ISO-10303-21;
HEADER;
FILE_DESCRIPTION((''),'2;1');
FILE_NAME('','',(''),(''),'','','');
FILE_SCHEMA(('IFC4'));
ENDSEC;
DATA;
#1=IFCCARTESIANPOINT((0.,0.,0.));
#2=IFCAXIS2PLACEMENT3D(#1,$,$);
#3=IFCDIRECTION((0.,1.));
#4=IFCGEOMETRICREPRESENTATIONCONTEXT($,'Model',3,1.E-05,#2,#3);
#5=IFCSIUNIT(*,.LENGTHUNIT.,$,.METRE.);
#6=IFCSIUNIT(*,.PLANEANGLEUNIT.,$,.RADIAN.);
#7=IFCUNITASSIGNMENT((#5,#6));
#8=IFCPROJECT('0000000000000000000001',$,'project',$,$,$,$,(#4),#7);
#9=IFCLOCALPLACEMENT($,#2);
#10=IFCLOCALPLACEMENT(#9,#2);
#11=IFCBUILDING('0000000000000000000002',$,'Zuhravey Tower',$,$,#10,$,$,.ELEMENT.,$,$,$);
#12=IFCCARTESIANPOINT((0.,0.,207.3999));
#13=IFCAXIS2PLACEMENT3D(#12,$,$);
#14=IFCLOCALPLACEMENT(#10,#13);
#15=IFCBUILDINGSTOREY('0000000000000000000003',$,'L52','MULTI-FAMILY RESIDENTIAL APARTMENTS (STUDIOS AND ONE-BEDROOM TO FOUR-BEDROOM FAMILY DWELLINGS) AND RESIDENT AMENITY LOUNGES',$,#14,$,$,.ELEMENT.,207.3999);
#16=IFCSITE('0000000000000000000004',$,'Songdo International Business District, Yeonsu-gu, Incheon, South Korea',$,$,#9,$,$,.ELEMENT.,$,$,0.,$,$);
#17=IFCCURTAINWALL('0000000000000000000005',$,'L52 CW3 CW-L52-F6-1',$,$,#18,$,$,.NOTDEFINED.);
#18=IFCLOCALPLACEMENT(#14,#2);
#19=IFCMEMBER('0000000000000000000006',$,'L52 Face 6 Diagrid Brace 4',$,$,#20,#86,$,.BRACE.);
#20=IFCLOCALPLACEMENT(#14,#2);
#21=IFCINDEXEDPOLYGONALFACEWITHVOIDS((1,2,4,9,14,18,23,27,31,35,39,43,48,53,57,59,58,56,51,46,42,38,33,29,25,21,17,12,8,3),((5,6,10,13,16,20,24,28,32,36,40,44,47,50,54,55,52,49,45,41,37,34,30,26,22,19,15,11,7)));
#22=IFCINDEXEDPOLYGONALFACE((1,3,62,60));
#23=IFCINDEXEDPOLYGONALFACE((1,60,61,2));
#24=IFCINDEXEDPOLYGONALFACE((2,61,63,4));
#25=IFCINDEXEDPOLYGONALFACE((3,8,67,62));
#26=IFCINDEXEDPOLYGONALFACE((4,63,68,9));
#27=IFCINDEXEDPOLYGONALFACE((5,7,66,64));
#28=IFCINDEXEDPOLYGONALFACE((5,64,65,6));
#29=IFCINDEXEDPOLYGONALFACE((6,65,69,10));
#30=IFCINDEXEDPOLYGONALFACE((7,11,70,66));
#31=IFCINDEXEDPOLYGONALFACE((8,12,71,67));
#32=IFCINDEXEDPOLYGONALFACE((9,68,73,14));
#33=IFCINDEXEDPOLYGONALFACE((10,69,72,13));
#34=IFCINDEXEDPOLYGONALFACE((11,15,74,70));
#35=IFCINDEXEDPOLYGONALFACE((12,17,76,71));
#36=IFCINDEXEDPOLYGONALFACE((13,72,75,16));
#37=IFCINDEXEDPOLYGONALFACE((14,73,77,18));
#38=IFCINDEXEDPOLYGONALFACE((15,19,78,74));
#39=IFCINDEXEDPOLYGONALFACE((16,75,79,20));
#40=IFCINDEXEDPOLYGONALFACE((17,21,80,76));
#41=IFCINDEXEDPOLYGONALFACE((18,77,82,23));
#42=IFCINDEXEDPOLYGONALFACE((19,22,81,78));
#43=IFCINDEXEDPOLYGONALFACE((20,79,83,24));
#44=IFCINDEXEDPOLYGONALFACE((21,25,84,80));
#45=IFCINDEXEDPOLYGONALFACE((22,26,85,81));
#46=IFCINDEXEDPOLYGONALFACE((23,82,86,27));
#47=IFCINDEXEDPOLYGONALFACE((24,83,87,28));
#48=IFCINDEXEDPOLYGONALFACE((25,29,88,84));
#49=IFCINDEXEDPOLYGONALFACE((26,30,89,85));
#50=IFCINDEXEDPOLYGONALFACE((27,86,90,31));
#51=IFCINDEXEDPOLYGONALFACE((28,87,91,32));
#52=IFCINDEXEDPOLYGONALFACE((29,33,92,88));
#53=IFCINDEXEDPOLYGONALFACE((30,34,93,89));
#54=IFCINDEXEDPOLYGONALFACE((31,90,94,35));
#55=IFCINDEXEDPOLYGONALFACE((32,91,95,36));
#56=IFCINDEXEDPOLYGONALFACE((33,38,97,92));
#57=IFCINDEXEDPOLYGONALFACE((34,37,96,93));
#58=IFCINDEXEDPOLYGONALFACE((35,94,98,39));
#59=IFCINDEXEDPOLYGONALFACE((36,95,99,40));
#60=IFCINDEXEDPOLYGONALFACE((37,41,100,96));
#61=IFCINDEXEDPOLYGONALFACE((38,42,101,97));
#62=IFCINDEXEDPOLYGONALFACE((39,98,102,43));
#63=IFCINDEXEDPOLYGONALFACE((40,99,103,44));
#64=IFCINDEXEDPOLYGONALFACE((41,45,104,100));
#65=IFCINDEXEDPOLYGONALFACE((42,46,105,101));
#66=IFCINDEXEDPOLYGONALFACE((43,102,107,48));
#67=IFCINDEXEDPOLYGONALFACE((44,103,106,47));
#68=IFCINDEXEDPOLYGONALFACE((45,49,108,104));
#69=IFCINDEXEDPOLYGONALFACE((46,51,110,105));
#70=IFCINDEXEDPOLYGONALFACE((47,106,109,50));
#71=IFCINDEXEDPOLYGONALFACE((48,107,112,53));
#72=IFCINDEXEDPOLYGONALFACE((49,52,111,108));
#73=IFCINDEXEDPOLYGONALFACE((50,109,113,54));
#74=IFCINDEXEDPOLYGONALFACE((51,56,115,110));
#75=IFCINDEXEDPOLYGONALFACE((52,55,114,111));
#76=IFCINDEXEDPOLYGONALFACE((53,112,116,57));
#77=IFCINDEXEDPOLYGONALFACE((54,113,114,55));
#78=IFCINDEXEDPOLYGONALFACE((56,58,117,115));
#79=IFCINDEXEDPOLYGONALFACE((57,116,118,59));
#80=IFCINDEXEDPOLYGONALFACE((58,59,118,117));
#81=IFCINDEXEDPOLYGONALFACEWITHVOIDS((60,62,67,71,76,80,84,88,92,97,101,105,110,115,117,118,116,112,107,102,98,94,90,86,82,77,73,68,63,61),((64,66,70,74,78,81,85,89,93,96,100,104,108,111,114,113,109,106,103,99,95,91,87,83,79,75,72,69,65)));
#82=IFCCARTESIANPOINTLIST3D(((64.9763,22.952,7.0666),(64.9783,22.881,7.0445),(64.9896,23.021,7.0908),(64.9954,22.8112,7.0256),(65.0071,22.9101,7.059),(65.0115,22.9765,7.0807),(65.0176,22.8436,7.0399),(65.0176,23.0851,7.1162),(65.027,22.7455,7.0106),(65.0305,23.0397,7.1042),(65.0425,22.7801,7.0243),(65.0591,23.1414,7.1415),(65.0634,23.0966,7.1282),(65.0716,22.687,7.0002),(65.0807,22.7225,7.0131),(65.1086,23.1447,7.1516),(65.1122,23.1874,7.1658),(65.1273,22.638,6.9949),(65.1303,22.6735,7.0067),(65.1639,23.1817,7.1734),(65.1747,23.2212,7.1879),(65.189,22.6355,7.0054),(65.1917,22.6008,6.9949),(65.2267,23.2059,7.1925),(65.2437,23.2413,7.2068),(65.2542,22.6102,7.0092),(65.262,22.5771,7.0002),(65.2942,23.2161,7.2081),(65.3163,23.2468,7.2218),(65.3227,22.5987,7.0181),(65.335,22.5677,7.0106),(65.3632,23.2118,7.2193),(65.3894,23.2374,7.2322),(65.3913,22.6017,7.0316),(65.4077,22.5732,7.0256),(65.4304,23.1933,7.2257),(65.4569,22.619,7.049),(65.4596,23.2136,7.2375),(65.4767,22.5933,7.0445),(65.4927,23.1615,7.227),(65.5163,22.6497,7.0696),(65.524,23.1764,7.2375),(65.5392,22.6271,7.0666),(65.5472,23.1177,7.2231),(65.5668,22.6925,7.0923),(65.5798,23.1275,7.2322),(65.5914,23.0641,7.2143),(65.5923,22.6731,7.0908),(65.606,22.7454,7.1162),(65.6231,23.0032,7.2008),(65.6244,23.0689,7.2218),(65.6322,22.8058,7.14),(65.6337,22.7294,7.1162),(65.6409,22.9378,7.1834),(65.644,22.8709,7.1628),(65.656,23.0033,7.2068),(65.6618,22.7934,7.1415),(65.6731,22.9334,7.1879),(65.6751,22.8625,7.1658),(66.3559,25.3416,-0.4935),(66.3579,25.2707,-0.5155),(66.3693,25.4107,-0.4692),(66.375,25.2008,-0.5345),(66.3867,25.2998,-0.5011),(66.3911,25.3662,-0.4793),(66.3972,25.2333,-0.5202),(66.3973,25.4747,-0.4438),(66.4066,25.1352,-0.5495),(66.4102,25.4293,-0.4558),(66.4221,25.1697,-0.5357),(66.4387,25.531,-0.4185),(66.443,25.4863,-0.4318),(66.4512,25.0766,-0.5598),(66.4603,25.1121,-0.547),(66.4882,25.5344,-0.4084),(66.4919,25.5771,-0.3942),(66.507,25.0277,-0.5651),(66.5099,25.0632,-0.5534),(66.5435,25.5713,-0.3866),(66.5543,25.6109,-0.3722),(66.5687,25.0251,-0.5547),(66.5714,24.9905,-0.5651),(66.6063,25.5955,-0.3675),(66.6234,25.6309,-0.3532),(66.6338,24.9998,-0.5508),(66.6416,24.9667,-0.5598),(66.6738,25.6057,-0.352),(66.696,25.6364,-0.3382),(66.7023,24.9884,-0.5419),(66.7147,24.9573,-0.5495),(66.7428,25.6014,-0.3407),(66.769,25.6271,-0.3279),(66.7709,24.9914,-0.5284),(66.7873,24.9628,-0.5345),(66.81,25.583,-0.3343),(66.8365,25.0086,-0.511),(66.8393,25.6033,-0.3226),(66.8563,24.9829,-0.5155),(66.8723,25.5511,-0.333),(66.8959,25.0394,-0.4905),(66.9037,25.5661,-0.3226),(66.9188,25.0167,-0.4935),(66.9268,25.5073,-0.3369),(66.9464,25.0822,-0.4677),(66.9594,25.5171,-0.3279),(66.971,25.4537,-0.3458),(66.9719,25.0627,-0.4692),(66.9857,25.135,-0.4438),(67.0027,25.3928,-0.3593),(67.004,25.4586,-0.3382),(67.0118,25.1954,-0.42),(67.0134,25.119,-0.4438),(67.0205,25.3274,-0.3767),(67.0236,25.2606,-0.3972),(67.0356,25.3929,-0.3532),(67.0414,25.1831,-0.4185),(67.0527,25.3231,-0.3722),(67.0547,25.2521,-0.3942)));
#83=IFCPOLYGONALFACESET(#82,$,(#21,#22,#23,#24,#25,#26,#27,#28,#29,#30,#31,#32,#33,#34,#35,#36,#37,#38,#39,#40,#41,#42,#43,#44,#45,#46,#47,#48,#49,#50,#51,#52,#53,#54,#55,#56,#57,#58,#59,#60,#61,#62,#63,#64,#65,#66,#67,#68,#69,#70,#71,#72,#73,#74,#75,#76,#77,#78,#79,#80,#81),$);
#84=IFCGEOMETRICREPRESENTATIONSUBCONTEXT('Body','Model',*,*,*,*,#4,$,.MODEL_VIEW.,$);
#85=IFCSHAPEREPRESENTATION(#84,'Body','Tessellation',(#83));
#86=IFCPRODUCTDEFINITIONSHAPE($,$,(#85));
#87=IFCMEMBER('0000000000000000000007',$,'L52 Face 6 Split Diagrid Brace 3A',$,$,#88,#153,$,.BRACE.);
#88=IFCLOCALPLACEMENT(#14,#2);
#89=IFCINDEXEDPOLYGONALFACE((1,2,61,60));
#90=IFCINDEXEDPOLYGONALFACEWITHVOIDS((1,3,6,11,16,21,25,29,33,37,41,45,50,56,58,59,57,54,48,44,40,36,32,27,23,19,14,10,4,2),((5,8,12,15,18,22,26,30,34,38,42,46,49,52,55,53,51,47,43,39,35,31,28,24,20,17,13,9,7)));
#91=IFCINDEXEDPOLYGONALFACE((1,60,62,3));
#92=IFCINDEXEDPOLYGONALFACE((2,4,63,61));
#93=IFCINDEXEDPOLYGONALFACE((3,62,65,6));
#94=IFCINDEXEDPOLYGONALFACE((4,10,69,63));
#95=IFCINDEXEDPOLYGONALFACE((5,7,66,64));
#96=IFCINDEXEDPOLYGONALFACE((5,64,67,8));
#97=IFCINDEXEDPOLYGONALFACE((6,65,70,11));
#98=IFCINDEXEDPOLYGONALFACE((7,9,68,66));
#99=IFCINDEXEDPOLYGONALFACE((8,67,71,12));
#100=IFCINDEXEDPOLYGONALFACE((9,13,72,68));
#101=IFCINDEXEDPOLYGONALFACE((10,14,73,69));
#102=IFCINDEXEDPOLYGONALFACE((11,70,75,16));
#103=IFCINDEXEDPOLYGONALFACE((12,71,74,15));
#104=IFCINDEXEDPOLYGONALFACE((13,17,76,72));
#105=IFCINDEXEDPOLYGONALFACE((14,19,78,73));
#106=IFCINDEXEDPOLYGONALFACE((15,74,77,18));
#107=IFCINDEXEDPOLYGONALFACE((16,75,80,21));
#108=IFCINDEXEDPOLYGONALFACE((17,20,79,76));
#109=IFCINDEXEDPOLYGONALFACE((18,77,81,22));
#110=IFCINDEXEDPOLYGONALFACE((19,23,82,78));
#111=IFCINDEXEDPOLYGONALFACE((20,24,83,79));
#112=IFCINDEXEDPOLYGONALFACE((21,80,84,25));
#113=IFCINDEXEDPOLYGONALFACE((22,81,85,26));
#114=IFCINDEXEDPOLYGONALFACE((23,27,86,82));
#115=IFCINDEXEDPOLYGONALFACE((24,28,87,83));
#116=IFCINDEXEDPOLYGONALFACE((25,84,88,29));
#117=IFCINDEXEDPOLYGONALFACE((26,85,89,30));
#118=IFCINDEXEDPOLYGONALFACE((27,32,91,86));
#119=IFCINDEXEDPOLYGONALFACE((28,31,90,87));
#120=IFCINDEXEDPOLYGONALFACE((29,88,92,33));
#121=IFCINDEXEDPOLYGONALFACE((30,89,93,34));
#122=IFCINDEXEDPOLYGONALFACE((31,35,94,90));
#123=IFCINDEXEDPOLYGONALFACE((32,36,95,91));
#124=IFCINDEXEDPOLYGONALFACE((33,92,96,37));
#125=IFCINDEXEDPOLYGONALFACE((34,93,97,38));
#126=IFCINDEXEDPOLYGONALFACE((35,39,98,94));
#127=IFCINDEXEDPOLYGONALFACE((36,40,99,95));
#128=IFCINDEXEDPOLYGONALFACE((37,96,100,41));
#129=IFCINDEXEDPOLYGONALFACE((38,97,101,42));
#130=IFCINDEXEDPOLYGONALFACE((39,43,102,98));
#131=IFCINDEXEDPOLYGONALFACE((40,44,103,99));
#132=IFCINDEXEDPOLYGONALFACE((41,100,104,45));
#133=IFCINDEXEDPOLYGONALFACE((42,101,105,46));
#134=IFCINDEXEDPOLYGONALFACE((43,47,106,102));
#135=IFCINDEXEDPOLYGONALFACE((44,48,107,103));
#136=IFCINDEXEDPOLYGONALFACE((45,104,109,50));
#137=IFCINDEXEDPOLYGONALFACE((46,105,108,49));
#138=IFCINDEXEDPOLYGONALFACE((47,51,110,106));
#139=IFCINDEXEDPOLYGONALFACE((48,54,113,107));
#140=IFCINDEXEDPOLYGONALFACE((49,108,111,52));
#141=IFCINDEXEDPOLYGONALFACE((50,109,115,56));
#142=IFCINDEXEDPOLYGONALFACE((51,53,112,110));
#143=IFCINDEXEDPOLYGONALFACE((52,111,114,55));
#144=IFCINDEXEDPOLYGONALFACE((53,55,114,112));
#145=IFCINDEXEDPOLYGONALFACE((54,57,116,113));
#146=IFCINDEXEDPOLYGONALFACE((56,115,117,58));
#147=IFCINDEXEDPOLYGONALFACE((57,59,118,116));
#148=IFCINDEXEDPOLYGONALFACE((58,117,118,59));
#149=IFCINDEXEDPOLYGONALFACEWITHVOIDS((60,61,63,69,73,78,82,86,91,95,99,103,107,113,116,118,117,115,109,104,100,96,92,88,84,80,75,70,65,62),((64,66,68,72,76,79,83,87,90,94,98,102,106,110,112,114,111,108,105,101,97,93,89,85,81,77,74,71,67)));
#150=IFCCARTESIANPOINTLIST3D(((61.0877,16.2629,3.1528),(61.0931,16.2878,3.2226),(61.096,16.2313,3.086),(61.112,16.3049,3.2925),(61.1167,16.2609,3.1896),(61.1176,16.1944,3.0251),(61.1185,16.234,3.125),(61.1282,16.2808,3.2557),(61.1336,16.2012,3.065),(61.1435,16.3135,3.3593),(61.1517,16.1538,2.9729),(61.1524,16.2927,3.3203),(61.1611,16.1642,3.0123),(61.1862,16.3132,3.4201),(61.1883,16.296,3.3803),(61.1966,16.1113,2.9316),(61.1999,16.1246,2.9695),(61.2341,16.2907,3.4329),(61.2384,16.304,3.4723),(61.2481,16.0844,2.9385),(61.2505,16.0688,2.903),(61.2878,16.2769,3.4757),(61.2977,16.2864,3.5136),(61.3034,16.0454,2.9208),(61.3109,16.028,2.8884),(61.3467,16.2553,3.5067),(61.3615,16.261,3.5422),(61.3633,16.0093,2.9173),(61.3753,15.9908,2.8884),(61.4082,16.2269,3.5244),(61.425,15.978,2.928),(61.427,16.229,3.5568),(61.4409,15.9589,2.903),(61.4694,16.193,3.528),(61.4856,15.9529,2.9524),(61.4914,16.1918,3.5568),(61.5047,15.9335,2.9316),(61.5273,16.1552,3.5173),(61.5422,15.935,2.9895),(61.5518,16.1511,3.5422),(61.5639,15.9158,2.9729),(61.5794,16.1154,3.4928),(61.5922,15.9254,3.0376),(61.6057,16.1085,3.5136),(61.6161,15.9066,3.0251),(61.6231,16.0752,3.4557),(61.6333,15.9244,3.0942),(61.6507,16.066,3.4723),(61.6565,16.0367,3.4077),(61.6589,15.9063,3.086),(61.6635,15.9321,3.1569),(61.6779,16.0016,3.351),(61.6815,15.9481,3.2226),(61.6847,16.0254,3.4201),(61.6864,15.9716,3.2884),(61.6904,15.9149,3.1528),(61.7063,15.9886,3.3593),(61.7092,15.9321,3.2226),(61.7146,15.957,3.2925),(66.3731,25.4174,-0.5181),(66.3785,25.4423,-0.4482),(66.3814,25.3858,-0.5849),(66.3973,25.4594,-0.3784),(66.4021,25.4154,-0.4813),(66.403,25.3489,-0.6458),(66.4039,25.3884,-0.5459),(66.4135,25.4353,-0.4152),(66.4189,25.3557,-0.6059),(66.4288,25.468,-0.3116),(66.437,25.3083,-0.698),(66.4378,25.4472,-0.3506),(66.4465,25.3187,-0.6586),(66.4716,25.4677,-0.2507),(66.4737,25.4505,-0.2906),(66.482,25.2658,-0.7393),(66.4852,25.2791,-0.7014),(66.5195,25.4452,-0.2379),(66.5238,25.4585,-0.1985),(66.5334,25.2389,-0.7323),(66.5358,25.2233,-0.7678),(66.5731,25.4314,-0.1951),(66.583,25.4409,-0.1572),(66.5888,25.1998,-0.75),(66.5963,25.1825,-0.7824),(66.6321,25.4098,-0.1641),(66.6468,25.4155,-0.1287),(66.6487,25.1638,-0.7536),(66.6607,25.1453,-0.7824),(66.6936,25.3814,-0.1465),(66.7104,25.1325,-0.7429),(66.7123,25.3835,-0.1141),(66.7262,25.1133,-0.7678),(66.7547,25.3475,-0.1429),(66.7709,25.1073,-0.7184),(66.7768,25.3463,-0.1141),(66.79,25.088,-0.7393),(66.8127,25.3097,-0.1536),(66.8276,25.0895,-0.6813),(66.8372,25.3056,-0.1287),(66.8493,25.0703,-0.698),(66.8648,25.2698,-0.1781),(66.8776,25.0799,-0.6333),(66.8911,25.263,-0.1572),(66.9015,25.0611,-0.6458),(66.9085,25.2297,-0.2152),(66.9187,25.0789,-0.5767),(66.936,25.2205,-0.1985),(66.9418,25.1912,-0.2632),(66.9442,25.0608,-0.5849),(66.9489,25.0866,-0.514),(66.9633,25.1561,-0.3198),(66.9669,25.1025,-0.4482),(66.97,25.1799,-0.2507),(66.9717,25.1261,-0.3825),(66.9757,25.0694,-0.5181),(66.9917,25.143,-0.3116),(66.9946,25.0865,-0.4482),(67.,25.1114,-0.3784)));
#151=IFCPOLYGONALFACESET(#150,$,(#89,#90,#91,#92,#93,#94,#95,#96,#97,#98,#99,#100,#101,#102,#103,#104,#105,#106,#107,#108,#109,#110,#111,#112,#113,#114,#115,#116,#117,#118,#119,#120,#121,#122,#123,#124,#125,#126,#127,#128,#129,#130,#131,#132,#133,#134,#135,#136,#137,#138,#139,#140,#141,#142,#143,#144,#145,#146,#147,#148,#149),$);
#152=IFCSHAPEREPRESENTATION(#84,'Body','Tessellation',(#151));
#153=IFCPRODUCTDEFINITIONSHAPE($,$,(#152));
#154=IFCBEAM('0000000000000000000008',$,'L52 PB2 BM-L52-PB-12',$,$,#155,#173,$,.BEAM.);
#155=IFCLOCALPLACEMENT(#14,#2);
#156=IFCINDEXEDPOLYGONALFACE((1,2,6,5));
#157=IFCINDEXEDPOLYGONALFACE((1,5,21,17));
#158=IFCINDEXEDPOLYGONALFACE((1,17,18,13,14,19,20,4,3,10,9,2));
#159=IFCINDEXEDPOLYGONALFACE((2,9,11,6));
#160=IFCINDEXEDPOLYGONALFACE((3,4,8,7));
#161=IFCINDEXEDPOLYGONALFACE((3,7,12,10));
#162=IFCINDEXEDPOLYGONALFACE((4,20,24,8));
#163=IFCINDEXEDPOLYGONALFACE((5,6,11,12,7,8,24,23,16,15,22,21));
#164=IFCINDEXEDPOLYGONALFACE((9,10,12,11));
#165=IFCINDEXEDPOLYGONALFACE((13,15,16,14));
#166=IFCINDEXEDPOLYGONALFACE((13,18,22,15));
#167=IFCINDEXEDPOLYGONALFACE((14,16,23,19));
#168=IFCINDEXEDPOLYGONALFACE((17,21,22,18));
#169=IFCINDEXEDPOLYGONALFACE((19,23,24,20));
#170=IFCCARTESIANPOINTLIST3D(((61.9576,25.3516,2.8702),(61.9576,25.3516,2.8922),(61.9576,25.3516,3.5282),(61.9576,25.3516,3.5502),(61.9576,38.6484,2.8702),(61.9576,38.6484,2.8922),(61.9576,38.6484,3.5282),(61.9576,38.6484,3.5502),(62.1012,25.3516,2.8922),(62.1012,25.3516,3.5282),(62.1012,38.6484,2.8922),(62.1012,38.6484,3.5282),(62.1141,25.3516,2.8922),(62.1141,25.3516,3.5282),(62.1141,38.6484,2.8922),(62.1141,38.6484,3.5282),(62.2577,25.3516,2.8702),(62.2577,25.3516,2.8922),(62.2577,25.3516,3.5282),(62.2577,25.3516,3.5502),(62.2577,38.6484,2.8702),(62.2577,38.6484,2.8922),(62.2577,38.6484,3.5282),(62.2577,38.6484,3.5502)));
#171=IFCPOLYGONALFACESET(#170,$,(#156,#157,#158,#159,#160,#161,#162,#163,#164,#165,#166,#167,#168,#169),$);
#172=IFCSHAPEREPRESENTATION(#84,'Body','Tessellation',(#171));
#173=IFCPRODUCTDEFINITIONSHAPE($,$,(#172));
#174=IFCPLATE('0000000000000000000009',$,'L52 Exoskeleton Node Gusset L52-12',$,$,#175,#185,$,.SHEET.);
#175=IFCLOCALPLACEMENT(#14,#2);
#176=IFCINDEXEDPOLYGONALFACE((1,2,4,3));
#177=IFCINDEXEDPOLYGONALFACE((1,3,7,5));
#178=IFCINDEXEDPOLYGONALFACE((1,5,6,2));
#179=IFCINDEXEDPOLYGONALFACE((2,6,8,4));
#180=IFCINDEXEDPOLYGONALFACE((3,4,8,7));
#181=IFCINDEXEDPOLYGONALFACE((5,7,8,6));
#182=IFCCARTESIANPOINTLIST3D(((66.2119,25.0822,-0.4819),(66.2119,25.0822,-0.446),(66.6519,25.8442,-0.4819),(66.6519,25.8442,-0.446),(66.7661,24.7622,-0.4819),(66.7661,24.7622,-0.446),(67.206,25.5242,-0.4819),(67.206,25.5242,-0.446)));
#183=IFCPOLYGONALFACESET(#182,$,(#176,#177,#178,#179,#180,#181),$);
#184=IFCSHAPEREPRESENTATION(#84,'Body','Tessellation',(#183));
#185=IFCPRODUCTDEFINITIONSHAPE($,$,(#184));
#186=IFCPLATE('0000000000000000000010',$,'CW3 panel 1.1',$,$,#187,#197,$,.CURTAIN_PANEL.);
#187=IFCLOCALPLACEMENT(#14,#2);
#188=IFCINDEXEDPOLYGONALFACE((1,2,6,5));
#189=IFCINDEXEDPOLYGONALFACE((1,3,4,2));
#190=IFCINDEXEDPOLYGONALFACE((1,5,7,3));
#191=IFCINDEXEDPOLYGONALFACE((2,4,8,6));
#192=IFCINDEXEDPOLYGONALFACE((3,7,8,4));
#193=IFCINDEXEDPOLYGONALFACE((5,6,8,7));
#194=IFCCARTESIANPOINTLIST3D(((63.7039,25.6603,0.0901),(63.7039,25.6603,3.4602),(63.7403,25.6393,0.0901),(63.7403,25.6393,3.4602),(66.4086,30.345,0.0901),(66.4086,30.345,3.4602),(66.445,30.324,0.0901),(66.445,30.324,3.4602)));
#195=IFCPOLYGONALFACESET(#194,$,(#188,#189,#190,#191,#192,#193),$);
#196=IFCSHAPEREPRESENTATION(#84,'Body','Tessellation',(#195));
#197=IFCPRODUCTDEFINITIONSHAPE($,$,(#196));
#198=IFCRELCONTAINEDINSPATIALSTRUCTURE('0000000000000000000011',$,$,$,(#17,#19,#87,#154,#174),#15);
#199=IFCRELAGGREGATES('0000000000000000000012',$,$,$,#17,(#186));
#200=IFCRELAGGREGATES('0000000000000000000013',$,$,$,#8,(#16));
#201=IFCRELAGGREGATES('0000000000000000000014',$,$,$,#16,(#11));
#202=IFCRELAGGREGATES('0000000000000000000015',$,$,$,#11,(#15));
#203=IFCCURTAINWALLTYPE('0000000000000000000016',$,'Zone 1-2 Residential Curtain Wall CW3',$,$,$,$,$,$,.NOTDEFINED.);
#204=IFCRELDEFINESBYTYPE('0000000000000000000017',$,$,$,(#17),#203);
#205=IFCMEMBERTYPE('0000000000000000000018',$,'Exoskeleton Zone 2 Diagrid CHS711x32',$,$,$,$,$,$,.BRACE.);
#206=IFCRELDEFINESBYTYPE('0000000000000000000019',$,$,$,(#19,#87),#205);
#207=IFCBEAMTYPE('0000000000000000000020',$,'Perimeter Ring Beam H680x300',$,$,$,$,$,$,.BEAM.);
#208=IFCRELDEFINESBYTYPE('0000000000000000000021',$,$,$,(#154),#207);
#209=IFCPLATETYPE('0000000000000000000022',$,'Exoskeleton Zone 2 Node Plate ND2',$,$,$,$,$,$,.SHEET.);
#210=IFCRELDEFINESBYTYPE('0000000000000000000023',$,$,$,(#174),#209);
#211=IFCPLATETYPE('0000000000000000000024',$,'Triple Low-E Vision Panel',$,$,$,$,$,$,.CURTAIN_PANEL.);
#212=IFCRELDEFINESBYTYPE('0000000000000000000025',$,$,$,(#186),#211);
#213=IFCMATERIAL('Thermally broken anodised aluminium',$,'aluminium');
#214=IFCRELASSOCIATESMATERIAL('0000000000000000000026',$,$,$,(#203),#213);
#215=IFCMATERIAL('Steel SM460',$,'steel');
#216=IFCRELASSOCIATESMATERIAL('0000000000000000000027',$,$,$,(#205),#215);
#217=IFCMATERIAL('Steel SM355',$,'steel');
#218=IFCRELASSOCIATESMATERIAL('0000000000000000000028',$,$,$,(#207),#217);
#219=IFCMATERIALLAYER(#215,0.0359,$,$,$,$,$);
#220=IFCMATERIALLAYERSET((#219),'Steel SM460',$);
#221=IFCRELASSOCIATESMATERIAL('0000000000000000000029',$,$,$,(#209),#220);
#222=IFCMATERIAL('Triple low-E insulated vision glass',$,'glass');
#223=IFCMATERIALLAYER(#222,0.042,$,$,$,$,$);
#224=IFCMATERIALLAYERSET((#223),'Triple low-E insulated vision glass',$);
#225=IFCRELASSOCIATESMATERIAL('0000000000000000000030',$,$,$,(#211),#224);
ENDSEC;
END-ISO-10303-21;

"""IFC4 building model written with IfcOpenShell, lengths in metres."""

from ifc_helpers import new_model, si_unit, direction, frame, origin, origin_2d, place, context, subcontext, project, spatial, rectangle, hollow_circle, i_section, extrude, material, layer, layer_set, material_profile, profile_set, type_object, element, aggregate, save


model = new_model("IFC4")

# Units and contexts
model_context = context("Model", 3, precision=1e-05, world=origin(), true_north=direction((0.0, 1.0)))
body_context = subcontext(model_context, "Body", "Model", "MODEL_VIEW")
ifc_project = project(units=[si_unit("LENGTHUNIT", "METRE"), si_unit("PLANEANGLEUNIT", "RADIAN")], contexts=[model_context])

# Site, building, storey
site_placement = place(None, origin())
site = spatial("IfcSite", under=ifc_project, at=site_placement, Name="Songdo International Business District, Yeonsu-gu, Incheon, South Korea", CompositionType="ELEMENT", RefElevation=0.0)
building_placement = place(site_placement, origin())
building = spatial("IfcBuilding", under=site, at=building_placement, Name="Zuhravey Tower", CompositionType="ELEMENT")
storey_placement = place(building_placement, frame((0.0, 0.0, 207.3999)))
storey = spatial("IfcBuildingStorey", under=building, at=storey_placement, Name="L52", Description="MULTI-FAMILY RESIDENTIAL APARTMENTS (STUDIOS AND ONE-BEDROOM TO FOUR-BEDROOM FAMILY DWELLINGS) AND RESIDENT AMENITY LOUNGES", CompositionType="ELEMENT", Elevation=207.3999)

# Curtain wall
ifc_material_1 = material(Name="Thermally broken anodised aluminium", Category="aluminium")
curtain_wall_type = type_object("IfcCurtainWallType", Name="Zone 1-2 Residential Curtain Wall CW3", PredefinedType="NOTDEFINED", material=ifc_material_1)
curtain_wall_placement = place(storey_placement, origin())
curtain_wall = element("IfcCurtainWall", 1, at=curtain_wall_placement, inside=storey, type_object=curtain_wall_type, Name="L52 CW3 CW-L52-F6-1", PredefinedType="NOTDEFINED")

# Members
ifc_material_2 = material(Name="Steel SM460", Category="steel")
ifc_material_profile_1 = material_profile(ifc_material_2, hollow_circle(Radius=0.3557, WallThickness=0.032, at=origin_2d()), Name="CHS-711.2x32")
ifc_profile_set_1 = profile_set([ifc_material_profile_1], Name="Steel SM460")
member_type_1 = type_object("IfcMemberType", Name="Exoskeleton Zone 2 Diagrid CHS711x32", PredefinedType="BRACE", material=ifc_profile_set_1)
member_1_placement = place(storey_placement, frame((66.7053, 25.2969, -0.4438), z_axis=(-0.171429, -0.296929, 0.939386), x_axis=(0.866029, -0.499993, 0.0)))
element("IfcMember", 2, at=member_1_placement, inside=storey, type_object=member_type_1, Name="L52 Face 6 Diagrid Brace 4", PredefinedType="BRACE", context=body_context, shape_type="SweptSolid", body=[
    extrude(hollow_circle(Radius=0.3557, WallThickness=0.032, at=origin_2d()), origin(), (0.0, 0.0, 1.0), 8.0479),
])
member_2_placement = place(storey_placement, frame((66.6865, 25.2644, -0.4482), z_axis=(-0.472332, -0.818099, 0.328051), x_axis=(0.866024, -0.500002, 0.0)))
element("IfcMember", 3, at=member_2_placement, inside=storey, type_object=member_type_1, Name="L52 Face 6 Split Diagrid Brace 3A", PredefinedType="BRACE", context=body_context, shape_type="SweptSolid", body=[
    extrude(hollow_circle(Radius=0.3557, WallThickness=0.032, at=origin_2d()), origin(), (0.0, 0.0, 1.0), 11.1899),
])

# Beam
ifc_material_3 = material(Name="Steel SM355", Category="steel")
ifc_material_profile_2 = material_profile(ifc_material_3, i_section(OverallWidth=0.3, OverallDepth=0.6799, WebThickness=0.0129, FlangeThickness=0.022, at=origin_2d()), Name="H-680x300x13x22")
ifc_profile_set_2 = profile_set([ifc_material_profile_2], Name="Steel SM355")
beam_type = type_object("IfcBeamType", Name="Perimeter Ring Beam H680x300", PredefinedType="BEAM", material=ifc_profile_set_2)
beam_placement = place(storey_placement, frame((62.1077, 25.3516, 3.2102), z_axis=(0.0, 1.0, 0.0), x_axis=(-1.0, 0.0, 0.0)))
element("IfcBeam", 4, at=beam_placement, inside=storey, type_object=beam_type, Name="L52 PB2 BM-L52-PB-12", PredefinedType="BEAM", context=body_context, shape_type="SweptSolid", body=[
    extrude(i_section(OverallWidth=0.3, OverallDepth=0.6799, WebThickness=0.0129, FlangeThickness=0.022, at=origin_2d()), origin(), (0.0, 0.0, 1.0), 13.2969),
])

# Plates
ifc_layer_1 = layer(ifc_material_2, 0.0359)
ifc_layer_set_1 = layer_set([ifc_layer_1], Name="Steel SM460")
plate_type_1 = type_object("IfcPlateType", Name="Exoskeleton Zone 2 Node Plate ND2", PredefinedType="SHEET", material=ifc_layer_set_1)
plate_1_placement = place(storey_placement, frame((66.709, 25.3032, -0.4819), z_axis=(0.0, 0.0, 1.0), x_axis=(0.5, 0.866025, 0.0)))
element("IfcPlate", 5, at=plate_1_placement, inside=storey, type_object=plate_type_1, Name="L52 Exoskeleton Node Gusset L52-12", PredefinedType="SHEET", context=body_context, shape_type="SweptSolid", body=[
    extrude(rectangle(XDim=0.8799, YDim=0.6399, at=origin_2d()), origin(), (0.0, 0.0, 1.0), 0.0359),
])
ifc_material_4 = material(Name="Triple low-E insulated vision glass", Category="glass")
ifc_layer_2 = layer(ifc_material_4, 0.042)
ifc_layer_set_2 = layer_set([ifc_layer_2], Name="Triple low-E insulated vision glass")
plate_type_2 = type_object("IfcPlateType", Name="Triple Low-E Vision Panel", PredefinedType="CURTAIN_PANEL", material=ifc_layer_set_2)
plate_2_placement = place(storey_placement, frame((65.0745, 27.9922, 0.0901), z_axis=(0.0, 0.0, 1.0), x_axis=(-0.5, -0.866025, 0.0)))
plate_2 = element("IfcPlate", 6, at=plate_2_placement, type_object=plate_type_2, Name="CW3 panel 1.1", PredefinedType="CURTAIN_PANEL", context=body_context, shape_type="SweptSolid", body=[
    extrude(rectangle(XDim=5.4094, YDim=0.042, at=origin_2d()), origin(), (0.0, 0.0, 1.0), 3.3701),
])
aggregate(curtain_wall, [plate_2])

save(model, "model.ifc")
